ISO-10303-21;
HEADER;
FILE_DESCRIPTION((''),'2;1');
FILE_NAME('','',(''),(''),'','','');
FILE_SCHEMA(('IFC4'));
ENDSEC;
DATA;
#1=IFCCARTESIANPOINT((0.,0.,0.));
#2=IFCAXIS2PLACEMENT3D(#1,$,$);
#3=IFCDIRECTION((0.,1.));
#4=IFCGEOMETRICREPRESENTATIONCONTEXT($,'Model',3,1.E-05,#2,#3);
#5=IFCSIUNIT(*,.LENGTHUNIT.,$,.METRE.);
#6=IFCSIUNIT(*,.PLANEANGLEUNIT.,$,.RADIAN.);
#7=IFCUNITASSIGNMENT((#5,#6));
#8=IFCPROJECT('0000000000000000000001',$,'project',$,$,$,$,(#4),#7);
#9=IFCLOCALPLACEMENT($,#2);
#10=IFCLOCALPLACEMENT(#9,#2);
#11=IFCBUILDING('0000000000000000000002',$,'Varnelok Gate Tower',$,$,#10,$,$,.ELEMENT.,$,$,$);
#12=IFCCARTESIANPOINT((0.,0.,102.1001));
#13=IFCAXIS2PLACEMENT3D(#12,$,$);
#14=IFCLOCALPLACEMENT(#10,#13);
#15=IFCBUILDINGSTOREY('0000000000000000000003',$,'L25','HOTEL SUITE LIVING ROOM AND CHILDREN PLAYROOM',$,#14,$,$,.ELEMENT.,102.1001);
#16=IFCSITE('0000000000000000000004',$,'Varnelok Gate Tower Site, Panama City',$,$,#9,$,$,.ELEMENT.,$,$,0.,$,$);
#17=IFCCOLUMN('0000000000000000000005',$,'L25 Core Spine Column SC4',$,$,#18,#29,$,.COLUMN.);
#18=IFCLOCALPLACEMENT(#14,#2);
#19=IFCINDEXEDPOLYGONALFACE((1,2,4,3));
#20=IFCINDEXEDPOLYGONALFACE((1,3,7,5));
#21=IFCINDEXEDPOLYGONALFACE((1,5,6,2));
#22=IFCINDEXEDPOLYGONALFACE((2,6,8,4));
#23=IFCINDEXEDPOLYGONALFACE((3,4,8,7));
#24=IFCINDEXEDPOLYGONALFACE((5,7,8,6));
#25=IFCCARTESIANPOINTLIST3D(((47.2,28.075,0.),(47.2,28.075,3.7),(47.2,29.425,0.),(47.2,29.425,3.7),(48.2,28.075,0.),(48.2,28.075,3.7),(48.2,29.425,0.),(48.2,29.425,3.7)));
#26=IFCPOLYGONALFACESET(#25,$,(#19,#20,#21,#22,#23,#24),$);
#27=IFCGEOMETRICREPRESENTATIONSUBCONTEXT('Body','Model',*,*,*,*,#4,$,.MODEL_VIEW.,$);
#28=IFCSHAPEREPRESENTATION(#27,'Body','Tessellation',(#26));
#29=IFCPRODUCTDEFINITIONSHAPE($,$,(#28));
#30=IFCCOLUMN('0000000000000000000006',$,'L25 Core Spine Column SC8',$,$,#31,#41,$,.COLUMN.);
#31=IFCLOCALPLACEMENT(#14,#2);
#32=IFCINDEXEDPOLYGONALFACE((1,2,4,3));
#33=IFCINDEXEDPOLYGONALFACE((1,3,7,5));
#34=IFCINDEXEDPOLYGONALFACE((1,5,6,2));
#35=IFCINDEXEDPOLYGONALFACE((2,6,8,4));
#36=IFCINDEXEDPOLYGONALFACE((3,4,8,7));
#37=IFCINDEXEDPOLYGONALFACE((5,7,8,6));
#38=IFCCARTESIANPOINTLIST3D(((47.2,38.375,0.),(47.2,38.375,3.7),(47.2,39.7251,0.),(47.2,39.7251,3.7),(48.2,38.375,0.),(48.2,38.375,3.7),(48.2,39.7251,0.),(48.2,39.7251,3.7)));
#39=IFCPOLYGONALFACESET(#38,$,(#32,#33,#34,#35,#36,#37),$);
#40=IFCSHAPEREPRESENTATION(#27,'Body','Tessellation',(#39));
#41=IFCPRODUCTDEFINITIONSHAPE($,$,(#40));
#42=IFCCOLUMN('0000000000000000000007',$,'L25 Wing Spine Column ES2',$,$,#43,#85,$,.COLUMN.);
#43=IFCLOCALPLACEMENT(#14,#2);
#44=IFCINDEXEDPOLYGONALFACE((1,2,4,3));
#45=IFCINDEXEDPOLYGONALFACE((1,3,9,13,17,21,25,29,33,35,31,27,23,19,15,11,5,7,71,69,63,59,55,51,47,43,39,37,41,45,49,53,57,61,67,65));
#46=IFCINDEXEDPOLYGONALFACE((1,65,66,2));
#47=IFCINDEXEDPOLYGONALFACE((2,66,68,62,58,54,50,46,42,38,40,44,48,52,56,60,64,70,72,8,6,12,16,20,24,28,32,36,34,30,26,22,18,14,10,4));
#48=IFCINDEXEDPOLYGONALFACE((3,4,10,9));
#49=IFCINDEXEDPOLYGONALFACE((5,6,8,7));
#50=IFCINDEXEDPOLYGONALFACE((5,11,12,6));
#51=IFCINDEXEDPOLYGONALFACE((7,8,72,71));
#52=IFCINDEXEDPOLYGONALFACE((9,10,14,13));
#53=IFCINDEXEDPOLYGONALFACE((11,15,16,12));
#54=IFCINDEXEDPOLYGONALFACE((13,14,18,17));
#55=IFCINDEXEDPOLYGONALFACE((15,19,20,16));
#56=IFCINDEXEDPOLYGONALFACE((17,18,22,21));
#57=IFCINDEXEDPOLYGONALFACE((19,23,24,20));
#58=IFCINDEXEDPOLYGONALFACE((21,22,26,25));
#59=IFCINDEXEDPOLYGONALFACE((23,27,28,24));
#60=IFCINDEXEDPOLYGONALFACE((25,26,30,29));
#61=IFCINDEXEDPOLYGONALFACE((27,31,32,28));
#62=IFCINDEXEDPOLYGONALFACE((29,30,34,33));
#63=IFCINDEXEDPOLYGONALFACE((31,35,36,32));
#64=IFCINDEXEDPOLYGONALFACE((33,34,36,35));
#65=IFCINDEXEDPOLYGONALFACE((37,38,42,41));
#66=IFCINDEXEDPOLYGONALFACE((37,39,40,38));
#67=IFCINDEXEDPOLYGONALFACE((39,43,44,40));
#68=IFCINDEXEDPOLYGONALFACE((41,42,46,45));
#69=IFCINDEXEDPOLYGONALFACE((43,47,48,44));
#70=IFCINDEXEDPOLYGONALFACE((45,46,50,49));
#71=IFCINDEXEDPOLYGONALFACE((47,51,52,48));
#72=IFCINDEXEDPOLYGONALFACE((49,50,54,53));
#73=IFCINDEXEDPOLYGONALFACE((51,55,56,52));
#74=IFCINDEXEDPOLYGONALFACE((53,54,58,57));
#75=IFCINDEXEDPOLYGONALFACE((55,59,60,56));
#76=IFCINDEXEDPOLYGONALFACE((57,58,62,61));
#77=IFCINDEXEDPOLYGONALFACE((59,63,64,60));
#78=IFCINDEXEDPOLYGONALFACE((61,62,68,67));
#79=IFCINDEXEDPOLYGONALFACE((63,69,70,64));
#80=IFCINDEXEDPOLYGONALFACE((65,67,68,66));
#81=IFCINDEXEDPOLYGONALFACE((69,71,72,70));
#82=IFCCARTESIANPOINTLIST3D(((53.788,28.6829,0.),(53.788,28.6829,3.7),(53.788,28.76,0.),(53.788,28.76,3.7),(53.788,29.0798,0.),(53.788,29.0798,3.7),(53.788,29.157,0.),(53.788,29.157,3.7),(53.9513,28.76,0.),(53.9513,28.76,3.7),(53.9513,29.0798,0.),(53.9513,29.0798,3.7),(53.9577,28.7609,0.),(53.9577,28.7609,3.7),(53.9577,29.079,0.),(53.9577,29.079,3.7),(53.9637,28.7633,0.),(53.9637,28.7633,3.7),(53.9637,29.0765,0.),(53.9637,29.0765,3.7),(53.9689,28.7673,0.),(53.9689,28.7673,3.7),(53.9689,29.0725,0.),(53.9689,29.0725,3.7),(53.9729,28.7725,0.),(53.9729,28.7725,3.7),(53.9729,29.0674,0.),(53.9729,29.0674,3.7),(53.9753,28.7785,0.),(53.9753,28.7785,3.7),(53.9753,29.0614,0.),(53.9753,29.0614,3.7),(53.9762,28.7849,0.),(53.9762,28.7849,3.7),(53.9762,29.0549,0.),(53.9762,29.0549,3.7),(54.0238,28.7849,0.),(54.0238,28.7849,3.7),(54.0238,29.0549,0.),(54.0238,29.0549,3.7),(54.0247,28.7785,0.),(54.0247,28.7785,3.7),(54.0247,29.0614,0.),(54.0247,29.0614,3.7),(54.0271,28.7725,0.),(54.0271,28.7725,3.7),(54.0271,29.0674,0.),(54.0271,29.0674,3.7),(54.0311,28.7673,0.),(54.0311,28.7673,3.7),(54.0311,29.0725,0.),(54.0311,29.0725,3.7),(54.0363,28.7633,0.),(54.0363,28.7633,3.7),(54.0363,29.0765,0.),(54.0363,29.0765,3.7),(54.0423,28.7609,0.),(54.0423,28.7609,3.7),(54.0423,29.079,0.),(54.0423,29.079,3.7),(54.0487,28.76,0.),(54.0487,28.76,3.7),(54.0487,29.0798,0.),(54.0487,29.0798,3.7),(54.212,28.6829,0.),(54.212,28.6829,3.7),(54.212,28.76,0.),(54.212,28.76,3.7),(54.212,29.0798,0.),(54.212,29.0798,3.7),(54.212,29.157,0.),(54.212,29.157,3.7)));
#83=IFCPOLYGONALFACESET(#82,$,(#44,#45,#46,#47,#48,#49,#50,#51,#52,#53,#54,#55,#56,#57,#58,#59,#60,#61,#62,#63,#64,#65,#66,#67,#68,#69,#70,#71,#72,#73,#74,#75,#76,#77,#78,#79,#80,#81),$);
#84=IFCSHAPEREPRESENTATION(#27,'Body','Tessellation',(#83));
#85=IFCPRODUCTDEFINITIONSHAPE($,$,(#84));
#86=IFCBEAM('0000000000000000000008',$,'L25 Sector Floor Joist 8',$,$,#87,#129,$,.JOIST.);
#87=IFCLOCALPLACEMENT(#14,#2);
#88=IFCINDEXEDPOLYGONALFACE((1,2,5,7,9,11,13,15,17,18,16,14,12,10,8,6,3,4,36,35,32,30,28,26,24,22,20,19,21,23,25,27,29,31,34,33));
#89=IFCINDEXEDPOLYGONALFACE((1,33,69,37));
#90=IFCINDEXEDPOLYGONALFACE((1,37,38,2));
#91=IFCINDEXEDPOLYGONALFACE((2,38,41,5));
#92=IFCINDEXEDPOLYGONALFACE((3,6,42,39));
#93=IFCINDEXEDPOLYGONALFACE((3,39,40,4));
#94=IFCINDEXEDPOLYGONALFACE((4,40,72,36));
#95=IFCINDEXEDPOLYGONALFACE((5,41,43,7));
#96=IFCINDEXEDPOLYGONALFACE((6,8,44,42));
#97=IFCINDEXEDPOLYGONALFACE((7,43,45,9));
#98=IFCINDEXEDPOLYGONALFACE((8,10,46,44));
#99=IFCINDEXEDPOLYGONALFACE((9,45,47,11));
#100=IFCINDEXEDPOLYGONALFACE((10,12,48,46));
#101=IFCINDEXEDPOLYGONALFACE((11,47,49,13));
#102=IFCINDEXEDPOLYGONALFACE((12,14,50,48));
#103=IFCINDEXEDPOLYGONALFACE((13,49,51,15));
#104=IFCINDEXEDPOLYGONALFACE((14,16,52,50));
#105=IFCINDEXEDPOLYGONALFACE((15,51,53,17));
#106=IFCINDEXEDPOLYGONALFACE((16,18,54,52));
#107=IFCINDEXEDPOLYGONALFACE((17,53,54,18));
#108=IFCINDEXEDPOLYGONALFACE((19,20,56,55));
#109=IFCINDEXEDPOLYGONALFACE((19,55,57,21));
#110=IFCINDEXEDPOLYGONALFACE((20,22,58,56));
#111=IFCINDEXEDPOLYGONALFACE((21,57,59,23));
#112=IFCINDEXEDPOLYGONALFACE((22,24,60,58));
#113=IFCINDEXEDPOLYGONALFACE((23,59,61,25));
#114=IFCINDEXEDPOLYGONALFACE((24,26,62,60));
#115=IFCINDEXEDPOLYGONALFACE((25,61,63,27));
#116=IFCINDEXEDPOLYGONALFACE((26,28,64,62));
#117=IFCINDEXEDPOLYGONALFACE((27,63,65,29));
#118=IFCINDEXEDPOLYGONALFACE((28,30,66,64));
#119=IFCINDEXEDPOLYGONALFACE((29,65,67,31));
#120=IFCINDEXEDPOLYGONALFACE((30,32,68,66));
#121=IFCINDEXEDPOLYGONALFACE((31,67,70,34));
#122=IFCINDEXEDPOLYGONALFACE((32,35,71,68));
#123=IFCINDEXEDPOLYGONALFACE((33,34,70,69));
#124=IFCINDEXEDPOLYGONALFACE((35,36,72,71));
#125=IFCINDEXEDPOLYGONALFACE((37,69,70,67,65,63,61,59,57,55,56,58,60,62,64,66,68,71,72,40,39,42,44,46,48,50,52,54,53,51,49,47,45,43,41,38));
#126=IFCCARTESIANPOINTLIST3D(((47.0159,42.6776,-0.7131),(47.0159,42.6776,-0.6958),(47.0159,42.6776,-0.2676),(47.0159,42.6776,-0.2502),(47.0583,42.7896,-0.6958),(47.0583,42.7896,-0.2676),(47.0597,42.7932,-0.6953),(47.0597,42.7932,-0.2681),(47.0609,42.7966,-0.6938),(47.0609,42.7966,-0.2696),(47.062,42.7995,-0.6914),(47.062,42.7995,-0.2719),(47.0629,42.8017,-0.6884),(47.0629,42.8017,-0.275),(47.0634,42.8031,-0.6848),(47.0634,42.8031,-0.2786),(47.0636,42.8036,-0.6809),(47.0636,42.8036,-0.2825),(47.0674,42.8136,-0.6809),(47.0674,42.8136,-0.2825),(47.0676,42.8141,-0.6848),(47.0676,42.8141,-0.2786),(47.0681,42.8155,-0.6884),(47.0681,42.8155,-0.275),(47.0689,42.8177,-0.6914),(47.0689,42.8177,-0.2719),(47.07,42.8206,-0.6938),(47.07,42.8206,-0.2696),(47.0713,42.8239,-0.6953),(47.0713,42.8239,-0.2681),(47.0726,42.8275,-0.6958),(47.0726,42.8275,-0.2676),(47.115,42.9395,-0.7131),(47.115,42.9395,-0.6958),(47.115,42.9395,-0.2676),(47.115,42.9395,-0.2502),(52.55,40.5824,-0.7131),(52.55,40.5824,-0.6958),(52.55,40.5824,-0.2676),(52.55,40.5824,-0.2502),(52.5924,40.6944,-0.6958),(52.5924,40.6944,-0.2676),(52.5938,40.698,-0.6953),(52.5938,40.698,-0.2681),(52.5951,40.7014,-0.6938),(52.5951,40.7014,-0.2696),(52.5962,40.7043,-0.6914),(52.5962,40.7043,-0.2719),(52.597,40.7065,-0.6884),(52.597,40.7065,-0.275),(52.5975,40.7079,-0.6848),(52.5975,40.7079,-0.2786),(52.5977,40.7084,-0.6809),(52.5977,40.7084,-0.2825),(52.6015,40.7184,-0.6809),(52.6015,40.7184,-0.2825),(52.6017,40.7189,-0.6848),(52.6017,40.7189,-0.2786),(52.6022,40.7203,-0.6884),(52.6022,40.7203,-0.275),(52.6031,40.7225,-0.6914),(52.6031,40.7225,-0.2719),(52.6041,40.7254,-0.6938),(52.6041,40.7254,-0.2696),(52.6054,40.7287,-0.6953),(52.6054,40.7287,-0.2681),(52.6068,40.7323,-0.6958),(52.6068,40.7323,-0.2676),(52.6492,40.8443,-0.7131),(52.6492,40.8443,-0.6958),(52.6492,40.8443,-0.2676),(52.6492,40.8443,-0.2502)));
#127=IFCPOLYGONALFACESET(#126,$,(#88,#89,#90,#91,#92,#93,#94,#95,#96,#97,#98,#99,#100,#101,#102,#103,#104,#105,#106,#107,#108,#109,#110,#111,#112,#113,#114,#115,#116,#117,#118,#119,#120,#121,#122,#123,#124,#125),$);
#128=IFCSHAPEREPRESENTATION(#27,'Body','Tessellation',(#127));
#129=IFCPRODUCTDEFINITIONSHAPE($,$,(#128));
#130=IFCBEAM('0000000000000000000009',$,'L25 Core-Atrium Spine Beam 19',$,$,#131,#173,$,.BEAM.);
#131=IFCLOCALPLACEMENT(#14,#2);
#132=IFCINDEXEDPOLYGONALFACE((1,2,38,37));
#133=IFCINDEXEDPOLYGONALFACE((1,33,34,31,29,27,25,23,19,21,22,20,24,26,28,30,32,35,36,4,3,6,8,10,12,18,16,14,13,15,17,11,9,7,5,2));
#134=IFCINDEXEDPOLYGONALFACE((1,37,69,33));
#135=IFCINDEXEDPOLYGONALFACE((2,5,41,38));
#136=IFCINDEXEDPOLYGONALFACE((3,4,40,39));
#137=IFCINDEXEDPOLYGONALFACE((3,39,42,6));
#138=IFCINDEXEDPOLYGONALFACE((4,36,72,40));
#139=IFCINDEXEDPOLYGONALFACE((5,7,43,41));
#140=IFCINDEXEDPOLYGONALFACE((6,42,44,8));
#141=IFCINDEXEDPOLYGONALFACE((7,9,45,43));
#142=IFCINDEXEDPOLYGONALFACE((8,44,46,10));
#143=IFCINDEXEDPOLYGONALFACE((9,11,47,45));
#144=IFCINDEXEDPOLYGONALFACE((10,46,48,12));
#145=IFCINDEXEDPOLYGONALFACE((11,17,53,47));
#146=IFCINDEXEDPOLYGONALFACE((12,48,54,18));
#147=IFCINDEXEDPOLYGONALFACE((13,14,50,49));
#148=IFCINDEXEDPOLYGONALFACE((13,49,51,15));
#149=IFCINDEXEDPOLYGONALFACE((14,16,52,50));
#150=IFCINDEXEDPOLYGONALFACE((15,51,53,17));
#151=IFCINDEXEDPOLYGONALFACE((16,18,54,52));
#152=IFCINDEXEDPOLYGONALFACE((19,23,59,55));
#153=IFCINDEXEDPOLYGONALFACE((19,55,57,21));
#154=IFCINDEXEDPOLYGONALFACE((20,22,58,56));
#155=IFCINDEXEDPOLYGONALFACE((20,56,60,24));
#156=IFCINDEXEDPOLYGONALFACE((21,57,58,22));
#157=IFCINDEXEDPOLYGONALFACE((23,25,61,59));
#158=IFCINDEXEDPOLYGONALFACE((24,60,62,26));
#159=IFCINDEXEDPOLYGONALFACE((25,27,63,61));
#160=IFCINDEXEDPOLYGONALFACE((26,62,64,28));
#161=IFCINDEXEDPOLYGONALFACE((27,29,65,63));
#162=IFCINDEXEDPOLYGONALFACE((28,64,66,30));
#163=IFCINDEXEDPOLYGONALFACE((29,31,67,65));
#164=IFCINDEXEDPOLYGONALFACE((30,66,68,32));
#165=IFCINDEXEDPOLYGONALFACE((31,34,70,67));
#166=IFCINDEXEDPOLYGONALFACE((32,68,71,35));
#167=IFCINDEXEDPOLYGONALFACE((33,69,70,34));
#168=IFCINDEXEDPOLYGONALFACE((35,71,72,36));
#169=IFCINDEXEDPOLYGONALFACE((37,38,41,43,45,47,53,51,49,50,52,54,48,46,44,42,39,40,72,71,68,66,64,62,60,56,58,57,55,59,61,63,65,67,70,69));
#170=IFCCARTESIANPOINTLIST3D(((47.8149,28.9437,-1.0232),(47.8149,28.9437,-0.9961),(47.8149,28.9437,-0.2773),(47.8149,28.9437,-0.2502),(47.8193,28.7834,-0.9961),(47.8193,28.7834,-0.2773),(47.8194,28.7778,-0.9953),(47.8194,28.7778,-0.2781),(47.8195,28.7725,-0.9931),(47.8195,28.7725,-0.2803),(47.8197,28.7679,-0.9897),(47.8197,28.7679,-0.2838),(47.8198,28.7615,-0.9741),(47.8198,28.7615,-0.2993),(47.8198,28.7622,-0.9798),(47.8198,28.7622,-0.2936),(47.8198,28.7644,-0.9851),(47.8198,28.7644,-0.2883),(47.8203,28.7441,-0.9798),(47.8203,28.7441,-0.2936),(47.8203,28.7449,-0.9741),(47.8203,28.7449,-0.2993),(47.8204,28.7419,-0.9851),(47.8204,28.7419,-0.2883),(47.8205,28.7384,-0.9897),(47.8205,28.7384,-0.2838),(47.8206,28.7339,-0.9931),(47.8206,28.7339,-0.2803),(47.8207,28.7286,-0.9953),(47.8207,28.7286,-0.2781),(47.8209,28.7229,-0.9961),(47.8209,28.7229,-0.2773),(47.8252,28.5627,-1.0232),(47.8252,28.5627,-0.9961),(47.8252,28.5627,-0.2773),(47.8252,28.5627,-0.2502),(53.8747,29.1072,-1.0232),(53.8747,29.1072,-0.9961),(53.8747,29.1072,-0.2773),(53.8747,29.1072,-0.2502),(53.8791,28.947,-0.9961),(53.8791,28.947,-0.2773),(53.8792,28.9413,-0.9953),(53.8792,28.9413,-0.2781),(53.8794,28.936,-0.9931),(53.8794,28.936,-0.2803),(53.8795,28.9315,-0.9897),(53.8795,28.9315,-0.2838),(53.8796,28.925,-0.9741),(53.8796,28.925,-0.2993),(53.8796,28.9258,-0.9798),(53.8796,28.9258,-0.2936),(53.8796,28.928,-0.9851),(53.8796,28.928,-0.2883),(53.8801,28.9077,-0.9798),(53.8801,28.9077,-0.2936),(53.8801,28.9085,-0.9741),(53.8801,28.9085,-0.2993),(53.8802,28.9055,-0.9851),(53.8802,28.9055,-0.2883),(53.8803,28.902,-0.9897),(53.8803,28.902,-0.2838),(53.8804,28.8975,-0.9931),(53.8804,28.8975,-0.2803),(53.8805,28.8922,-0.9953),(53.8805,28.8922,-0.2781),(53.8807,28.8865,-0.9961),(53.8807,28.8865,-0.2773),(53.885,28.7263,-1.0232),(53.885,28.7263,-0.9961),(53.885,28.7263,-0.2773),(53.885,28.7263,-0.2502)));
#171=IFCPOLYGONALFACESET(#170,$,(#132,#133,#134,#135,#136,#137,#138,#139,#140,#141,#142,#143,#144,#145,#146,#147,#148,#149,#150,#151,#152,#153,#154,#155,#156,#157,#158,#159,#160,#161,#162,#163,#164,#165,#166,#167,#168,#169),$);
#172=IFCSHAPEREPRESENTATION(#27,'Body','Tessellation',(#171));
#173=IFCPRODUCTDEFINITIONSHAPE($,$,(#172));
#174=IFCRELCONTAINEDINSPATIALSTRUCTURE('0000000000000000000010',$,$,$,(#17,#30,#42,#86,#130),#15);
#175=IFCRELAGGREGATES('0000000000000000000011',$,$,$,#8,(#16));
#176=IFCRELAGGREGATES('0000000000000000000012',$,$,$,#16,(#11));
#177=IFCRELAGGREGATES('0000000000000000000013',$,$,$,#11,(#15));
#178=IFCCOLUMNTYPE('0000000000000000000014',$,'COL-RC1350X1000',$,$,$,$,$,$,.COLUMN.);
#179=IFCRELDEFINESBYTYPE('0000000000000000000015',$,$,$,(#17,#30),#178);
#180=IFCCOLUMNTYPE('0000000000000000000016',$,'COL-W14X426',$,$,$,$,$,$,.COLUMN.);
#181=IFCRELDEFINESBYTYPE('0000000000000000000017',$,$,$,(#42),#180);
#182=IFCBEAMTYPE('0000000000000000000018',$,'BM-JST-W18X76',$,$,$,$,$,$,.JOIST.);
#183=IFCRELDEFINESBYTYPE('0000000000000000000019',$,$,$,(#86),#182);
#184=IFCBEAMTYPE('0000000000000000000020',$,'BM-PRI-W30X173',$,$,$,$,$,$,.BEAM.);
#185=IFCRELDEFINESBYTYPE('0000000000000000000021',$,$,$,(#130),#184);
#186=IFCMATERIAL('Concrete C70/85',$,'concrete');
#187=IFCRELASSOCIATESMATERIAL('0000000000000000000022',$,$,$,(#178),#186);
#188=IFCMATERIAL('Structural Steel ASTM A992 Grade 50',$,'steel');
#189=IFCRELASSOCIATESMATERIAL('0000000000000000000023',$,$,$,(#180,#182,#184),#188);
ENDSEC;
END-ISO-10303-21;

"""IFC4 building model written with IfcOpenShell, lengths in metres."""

from ifc_helpers import new_model, si_unit, direction, frame, origin, origin_2d, place, context, subcontext, project, spatial, rectangle, i_section, extrude, material, material_profile, profile_set, type_object, element, save


model = new_model("IFC4")

# Units and contexts
model_context = context("Model", 3, precision=1e-05, world=origin(), true_north=direction((0.0, 1.0)))
body_context = subcontext(model_context, "Body", "Model", "MODEL_VIEW")
ifc_project = project(units=[si_unit("LENGTHUNIT", "METRE"), si_unit("PLANEANGLEUNIT", "RADIAN")], contexts=[model_context])

# Site, building, storey
site_placement = place(None, origin())
site = spatial("IfcSite", under=ifc_project, at=site_placement, Name="Varnelok Gate Tower Site, Panama City", CompositionType="ELEMENT", RefElevation=0.0)
building_placement = place(site_placement, origin())
building = spatial("IfcBuilding", under=site, at=building_placement, Name="Varnelok Gate Tower", CompositionType="ELEMENT")
storey_placement = place(building_placement, frame((0.0, 0.0, 102.1001)))
storey = spatial("IfcBuildingStorey", under=building, at=storey_placement, Name="L25", Description="HOTEL SUITE LIVING ROOM AND CHILDREN PLAYROOM", CompositionType="ELEMENT", Elevation=102.1001)

# Columns
ifc_material_1 = material(Name="Concrete C70/85", Category="concrete")
ifc_material_profile_1 = material_profile(ifc_material_1, rectangle(XDim=1.0, YDim=1.3501, at=origin_2d()), Name="RC1350X1000")
ifc_profile_set_1 = profile_set([ifc_material_profile_1], Name="Concrete C70/85")
column_type_1 = type_object("IfcColumnType", Name="COL-RC1350X1000", PredefinedType="COLUMN", material=ifc_profile_set_1)
for number, where, z_axis, x_axis, name in (
    (1, (47.7, 28.75, 0.0), (0.0, 0.0, 1.0), (1.0, 0.0, 0.0), "L25 Core Spine Column SC4"),
    (2, (47.7, 39.05, 0.0), (0.0, 0.0, 1.0), (1.0, 0.0, 0.0), "L25 Core Spine Column SC8"),
):
    element("IfcColumn", number, at=place(storey_placement, frame(where, z_axis=z_axis, x_axis=x_axis)), inside=storey, type_object=column_type_1, Name=name, PredefinedType="COLUMN", context=body_context, shape_type="SweptSolid", body=[
        extrude(rectangle(XDim=1.0, YDim=1.3501, at=origin_2d()), origin(), (0.0, 0.0, 1.0), 3.7),
    ])
ifc_material_2 = material(Name="Structural Steel ASTM A992 Grade 50", Category="steel")
ifc_material_profile_2 = material_profile(ifc_material_2, i_section(OverallWidth=0.4241, OverallDepth=0.4741, WebThickness=0.0476, FlangeThickness=0.0771, FilletRadius=0.0249, at=origin_2d()), Name="W14X426")
ifc_profile_set_2 = profile_set([ifc_material_profile_2], Name="Structural Steel ASTM A992 Grade 50")
column_type_2 = type_object("IfcColumnType", Name="COL-W14X426", PredefinedType="COLUMN", material=ifc_profile_set_2)
column_placement = place(storey_placement, frame((54.0, 28.9199, 0.0), z_axis=(0.0, 0.0, 1.0), x_axis=(1.0, 0.0, 0.0)))
element("IfcColumn", 3, at=column_placement, inside=storey, type_object=column_type_2, Name="L25 Wing Spine Column ES2", PredefinedType="COLUMN", context=body_context, shape_type="SweptSolid", body=[
    extrude(i_section(OverallWidth=0.4241, OverallDepth=0.4741, WebThickness=0.0476, FlangeThickness=0.0771, FilletRadius=0.0249, at=origin_2d()), origin(), (0.0, 0.0, 1.0), 3.7),
])

# Beams
ifc_material_profile_3 = material_profile(ifc_material_2, i_section(OverallWidth=0.28, OverallDepth=0.4629, WebThickness=0.0107, FlangeThickness=0.0173, FilletRadius=0.0149, at=origin_2d()), Name="W18X76")
ifc_profile_set_3 = profile_set([ifc_material_profile_3], Name="Structural Steel ASTM A992 Grade 50")
beam_type_1 = type_object("IfcBeamType", Name="BM-JST-W18X76", PredefinedType="JOIST", material=ifc_profile_set_3)
beam_1_placement = place(storey_placement, frame((52.5996, 40.7134, -0.4817), z_axis=(-0.935219, 0.35407, 0.0), x_axis=(-0.35407, -0.935219, 0.0)))
element("IfcBeam", 4, at=beam_1_placement, inside=storey, type_object=beam_type_1, Name="L25 Sector Floor Joist 8", PredefinedType="JOIST", context=body_context, shape_type="SweptSolid", body=[
    extrude(i_section(OverallWidth=0.28, OverallDepth=0.4629, WebThickness=0.0107, FlangeThickness=0.0173, FilletRadius=0.0149, at=origin_2d()), origin(), (0.0, 0.0, 1.0), 5.9175),
])
ifc_material_profile_4 = material_profile(ifc_material_2, i_section(OverallWidth=0.3811, OverallDepth=0.7729, WebThickness=0.0166, FlangeThickness=0.0271, FilletRadius=0.022, at=origin_2d()), Name="W30X173")
ifc_profile_set_4 = profile_set([ifc_material_profile_4], Name="Structural Steel ASTM A992 Grade 50")
beam_type_2 = type_object("IfcBeamType", Name="BM-PRI-W30X173", PredefinedType="BEAM", material=ifc_profile_set_4)
beam_2_placement = place(storey_placement, frame((47.8201, 28.7532, -0.6367), z_axis=(0.999636, 0.026983, 0.0), x_axis=(-0.026983, 0.999636, 0.0)))
element("IfcBeam", 5, at=beam_2_placement, inside=storey, type_object=beam_type_2, Name="L25 Core-Atrium Spine Beam 19", PredefinedType="BEAM", context=body_context, shape_type="SweptSolid", body=[
    extrude(i_section(OverallWidth=0.3811, OverallDepth=0.7729, WebThickness=0.0166, FlangeThickness=0.0271, FilletRadius=0.022, at=origin_2d()), origin(), (0.0, 0.0, 1.0), 6.062),
])

save(model, "model.ifc")
